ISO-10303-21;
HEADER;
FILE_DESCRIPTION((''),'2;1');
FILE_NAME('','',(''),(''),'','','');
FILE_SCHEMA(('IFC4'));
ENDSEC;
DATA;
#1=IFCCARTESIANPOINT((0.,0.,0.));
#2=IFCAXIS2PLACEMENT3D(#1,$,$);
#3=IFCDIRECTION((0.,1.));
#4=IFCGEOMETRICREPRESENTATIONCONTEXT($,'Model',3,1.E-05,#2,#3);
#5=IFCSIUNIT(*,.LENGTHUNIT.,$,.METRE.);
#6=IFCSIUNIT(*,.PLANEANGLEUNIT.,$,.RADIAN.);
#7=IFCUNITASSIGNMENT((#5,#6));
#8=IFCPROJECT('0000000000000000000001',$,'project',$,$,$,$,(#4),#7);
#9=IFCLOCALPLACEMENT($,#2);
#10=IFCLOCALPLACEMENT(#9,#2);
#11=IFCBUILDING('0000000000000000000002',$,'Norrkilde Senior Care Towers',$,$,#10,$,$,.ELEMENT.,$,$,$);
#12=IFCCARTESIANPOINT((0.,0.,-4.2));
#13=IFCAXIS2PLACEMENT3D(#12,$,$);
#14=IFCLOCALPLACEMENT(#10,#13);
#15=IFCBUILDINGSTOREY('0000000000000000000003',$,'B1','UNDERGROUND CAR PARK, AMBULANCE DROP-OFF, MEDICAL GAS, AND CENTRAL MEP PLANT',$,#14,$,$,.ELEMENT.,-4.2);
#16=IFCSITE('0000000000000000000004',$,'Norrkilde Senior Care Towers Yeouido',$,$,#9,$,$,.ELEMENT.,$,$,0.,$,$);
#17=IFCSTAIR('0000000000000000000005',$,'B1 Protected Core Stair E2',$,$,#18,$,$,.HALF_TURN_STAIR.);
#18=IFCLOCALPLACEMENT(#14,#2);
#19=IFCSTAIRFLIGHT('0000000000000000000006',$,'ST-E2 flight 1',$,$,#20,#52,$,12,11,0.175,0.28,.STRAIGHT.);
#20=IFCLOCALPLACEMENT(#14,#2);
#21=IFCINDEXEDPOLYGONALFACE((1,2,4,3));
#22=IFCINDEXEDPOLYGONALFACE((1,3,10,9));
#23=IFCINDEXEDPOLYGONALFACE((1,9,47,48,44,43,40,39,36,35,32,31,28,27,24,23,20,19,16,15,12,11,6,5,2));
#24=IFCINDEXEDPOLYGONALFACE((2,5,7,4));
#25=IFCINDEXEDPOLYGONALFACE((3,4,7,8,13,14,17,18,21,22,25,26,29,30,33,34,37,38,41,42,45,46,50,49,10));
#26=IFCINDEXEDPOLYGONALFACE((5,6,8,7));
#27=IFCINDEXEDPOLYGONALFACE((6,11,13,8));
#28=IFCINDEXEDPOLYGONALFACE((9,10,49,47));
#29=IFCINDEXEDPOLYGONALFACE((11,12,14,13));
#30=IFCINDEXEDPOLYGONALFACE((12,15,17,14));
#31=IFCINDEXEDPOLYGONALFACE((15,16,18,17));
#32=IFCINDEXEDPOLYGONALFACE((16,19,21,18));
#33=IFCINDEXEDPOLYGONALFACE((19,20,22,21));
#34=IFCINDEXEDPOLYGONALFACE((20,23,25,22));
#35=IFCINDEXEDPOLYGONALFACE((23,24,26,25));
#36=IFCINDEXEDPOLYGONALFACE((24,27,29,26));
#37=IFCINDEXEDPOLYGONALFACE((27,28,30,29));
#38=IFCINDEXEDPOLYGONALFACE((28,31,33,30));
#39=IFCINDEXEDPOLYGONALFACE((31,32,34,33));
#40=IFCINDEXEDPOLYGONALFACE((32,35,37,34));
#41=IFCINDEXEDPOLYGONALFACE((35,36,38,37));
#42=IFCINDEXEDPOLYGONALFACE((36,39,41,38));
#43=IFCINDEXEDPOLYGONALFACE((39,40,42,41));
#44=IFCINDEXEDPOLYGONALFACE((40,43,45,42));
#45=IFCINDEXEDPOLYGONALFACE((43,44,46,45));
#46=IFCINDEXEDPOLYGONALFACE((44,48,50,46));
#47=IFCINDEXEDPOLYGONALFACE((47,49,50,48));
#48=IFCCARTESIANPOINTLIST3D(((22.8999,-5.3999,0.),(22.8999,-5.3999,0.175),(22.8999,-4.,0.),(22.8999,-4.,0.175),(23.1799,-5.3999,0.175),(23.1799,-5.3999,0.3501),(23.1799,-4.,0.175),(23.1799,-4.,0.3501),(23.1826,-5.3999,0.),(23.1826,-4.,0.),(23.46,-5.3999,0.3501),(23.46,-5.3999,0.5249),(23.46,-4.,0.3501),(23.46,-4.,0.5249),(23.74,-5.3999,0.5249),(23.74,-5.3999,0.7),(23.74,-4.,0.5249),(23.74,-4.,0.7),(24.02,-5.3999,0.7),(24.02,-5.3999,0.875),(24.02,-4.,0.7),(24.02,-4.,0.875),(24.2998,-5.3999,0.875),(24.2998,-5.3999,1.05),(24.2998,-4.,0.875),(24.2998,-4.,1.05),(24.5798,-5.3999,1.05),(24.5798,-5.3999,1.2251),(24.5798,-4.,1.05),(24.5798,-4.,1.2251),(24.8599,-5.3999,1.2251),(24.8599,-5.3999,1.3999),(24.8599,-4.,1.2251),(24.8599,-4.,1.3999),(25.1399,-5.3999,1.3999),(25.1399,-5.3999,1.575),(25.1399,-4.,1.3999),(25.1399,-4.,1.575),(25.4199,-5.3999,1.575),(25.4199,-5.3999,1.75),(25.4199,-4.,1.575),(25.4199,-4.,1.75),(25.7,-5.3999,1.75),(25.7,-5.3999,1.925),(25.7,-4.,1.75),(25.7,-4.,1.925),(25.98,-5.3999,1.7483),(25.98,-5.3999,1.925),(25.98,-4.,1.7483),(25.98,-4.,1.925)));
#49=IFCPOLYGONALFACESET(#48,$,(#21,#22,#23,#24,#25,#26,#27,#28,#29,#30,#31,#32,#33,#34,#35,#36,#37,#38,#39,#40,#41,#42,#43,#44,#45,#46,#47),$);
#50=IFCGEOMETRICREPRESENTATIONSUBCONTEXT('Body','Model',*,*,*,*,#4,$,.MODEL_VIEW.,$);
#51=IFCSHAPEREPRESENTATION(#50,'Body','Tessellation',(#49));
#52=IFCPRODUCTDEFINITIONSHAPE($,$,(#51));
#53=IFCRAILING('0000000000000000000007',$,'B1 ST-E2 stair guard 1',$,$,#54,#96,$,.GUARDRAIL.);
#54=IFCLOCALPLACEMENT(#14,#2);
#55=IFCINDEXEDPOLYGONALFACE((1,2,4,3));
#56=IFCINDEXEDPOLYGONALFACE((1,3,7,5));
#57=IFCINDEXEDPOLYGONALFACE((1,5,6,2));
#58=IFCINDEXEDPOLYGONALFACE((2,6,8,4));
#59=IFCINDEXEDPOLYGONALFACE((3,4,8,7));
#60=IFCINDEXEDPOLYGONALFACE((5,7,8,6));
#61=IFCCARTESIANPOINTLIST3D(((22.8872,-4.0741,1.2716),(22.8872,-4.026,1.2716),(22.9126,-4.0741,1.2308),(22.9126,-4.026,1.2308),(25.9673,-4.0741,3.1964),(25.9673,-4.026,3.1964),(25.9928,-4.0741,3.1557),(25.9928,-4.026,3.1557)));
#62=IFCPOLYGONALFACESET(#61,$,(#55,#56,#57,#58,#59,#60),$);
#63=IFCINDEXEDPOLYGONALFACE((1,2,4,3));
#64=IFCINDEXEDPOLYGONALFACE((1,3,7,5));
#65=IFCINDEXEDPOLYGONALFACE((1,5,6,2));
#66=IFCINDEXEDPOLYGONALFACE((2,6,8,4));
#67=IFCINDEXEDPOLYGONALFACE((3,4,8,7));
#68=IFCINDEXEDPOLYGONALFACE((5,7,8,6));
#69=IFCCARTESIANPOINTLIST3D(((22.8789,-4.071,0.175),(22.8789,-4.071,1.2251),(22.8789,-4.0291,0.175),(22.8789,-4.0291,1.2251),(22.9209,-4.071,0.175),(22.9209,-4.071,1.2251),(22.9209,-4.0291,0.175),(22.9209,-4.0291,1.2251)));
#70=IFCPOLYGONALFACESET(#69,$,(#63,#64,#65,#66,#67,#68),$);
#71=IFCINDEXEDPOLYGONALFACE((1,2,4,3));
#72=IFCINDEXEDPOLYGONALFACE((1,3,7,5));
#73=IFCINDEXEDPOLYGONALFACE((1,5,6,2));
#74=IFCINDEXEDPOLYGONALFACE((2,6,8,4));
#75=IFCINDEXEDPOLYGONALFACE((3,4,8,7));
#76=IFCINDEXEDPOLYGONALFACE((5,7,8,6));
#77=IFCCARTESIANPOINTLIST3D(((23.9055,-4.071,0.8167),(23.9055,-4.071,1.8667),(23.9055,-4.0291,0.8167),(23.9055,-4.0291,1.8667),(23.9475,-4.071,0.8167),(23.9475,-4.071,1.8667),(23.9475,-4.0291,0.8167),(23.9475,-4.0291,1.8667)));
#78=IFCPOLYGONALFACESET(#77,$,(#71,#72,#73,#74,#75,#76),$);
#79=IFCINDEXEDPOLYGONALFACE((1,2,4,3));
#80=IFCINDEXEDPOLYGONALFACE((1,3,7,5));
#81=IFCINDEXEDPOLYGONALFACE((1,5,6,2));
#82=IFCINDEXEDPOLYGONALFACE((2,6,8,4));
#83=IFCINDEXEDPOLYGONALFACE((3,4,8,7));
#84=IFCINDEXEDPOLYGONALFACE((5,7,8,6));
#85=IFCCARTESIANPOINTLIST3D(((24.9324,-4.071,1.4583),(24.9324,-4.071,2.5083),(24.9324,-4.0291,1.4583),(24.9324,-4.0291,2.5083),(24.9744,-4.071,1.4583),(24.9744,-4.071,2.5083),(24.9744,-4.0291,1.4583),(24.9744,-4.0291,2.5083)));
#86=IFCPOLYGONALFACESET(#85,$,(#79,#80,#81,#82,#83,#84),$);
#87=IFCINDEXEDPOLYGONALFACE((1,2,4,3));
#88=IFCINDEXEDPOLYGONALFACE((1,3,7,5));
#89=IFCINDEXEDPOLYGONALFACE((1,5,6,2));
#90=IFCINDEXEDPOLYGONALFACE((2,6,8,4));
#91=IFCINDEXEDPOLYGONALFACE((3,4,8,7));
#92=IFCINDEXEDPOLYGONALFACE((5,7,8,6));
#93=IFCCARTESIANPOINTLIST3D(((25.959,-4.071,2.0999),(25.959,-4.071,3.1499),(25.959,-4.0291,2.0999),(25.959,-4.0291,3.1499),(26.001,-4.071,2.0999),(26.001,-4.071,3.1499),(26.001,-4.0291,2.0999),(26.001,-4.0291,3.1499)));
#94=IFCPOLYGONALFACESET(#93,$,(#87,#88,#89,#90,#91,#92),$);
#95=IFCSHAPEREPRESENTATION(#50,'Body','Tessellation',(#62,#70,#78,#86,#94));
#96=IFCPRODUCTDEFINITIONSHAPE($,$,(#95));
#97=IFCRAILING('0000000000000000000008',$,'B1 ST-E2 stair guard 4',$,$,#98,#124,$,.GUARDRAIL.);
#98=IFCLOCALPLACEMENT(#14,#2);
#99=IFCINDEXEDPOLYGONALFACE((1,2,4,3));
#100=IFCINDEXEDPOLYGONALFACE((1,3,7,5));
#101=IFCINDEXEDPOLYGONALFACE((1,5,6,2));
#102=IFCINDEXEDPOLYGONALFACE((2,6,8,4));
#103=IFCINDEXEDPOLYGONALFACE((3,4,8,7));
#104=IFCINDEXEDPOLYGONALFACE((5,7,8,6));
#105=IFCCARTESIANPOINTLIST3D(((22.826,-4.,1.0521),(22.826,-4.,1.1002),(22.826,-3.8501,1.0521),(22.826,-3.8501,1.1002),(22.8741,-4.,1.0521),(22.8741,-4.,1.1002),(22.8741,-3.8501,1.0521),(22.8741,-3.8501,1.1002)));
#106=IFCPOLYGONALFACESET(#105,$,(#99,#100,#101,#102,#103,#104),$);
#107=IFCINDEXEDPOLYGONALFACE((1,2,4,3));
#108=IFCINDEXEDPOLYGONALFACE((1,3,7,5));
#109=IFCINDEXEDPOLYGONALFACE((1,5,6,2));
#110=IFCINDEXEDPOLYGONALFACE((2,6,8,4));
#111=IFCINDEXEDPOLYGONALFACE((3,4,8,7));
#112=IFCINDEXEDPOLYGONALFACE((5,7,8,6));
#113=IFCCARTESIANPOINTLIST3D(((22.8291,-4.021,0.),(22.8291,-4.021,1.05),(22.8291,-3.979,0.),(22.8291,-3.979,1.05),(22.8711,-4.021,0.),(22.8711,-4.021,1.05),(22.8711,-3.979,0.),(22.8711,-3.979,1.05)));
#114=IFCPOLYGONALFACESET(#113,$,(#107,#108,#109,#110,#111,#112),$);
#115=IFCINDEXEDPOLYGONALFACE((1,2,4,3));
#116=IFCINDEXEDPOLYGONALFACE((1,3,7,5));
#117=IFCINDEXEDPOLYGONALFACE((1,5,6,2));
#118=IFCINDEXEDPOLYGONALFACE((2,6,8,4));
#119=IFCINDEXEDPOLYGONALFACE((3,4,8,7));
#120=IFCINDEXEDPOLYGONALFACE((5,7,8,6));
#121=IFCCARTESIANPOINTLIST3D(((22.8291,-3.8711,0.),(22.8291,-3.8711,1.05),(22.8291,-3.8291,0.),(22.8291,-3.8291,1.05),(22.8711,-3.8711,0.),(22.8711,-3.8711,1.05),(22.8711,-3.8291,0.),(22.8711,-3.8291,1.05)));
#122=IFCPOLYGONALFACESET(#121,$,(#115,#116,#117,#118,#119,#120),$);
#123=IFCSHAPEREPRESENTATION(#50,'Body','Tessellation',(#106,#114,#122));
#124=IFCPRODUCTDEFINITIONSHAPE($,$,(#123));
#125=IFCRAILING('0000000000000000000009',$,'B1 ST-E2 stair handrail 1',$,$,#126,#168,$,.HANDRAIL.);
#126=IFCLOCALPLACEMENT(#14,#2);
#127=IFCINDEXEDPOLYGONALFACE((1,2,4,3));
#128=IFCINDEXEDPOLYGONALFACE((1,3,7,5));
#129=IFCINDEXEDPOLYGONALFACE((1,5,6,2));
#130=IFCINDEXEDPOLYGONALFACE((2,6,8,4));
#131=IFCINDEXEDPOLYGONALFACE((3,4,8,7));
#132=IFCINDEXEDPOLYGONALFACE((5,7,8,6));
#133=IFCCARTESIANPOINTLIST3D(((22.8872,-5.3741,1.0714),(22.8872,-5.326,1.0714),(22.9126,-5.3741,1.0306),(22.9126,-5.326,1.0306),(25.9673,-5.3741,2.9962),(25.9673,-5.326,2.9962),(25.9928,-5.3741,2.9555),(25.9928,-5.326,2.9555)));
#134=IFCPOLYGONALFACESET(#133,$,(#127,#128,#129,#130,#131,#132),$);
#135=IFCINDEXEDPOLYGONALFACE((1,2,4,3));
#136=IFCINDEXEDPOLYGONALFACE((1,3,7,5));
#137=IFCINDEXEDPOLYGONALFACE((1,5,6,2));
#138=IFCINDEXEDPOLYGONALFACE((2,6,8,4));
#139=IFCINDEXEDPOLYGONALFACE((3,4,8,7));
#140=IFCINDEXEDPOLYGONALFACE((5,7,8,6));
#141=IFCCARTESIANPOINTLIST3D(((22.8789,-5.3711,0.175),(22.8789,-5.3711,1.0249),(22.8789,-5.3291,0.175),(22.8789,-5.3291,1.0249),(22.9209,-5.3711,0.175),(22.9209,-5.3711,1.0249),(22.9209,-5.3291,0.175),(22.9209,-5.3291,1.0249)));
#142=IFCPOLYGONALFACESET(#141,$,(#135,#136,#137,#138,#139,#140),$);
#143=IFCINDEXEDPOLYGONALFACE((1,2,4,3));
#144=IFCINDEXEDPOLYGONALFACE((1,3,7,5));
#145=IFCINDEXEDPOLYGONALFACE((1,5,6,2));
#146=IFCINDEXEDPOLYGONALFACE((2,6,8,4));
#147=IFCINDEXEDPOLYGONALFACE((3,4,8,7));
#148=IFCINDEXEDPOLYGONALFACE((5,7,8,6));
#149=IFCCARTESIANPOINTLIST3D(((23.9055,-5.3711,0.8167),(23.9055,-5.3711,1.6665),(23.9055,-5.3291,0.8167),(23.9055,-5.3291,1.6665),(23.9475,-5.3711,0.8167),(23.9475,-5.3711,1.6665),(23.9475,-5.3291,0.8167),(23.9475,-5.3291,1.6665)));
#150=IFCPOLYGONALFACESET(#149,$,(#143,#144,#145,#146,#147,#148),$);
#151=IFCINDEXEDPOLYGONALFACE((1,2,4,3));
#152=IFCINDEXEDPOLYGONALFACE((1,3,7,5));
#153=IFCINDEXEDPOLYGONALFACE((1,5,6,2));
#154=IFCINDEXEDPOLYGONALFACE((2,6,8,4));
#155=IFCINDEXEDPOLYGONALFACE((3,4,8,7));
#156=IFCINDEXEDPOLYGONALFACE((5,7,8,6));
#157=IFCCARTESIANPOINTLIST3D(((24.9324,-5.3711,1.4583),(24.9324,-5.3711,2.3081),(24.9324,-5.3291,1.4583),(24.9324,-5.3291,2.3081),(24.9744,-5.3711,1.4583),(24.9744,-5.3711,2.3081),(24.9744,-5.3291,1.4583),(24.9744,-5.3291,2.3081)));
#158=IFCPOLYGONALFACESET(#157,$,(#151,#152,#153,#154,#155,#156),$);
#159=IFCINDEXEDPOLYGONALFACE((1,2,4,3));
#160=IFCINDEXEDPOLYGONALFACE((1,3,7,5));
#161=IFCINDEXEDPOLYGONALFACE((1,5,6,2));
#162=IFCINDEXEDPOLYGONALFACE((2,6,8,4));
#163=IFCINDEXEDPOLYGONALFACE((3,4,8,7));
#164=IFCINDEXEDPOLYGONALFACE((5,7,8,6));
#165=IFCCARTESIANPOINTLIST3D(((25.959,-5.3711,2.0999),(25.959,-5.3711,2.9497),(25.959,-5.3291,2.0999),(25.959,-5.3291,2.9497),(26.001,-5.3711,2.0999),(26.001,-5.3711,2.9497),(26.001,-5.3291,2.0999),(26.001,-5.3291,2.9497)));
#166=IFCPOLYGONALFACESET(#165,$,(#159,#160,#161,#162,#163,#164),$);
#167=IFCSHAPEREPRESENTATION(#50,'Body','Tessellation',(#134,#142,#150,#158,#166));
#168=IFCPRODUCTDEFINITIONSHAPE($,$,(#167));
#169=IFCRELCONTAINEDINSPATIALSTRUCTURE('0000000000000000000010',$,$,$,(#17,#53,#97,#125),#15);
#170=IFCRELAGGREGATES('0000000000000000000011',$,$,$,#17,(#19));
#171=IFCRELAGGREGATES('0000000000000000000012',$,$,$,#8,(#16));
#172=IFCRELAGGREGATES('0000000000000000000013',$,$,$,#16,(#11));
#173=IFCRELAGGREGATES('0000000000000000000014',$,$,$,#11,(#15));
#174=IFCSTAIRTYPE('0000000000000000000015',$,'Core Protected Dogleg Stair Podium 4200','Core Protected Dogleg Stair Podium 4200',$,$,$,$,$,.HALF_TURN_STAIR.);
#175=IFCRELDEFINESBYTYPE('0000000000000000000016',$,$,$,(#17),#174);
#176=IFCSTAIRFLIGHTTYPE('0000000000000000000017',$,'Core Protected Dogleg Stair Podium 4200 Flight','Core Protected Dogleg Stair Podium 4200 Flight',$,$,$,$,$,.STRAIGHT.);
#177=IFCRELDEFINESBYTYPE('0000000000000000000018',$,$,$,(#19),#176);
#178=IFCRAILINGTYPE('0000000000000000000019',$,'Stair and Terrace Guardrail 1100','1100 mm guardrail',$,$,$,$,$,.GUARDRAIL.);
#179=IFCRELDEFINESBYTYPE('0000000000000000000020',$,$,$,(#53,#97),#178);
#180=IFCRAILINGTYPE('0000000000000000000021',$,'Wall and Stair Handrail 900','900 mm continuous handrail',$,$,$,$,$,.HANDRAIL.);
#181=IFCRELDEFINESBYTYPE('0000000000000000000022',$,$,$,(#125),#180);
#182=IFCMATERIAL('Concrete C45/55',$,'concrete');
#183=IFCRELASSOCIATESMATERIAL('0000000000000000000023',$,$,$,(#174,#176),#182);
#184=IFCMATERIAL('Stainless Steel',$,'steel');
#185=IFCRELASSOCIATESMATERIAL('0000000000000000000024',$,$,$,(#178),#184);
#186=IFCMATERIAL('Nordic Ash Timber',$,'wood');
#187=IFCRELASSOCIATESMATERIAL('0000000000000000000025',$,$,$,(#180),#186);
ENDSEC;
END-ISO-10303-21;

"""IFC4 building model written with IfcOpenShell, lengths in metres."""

from ifc_helpers import new_model, si_unit, direction, frame, origin, origin_2d, place, context, subcontext, project, spatial, polyline, rectangle, outline, extrude, material, type_object, element, aggregate, save


model = new_model("IFC4")

# Units and contexts
model_context = context("Model", 3, precision=1e-05, world=origin(), true_north=direction((0.0, 1.0)))
body_context = subcontext(model_context, "Body", "Model", "MODEL_VIEW")
ifc_project = project(units=[si_unit("LENGTHUNIT", "METRE"), si_unit("PLANEANGLEUNIT", "RADIAN")], contexts=[model_context])

# Site, building, storey
site_placement = place(None, origin())
site = spatial("IfcSite", under=ifc_project, at=site_placement, Name="Norrkilde Senior Care Towers Yeouido", CompositionType="ELEMENT", RefElevation=0.0)
building_placement = place(site_placement, origin())
building = spatial("IfcBuilding", under=site, at=building_placement, Name="Norrkilde Senior Care Towers", CompositionType="ELEMENT")
storey_placement = place(building_placement, frame((0.0, 0.0, -4.2)))
storey = spatial("IfcBuildingStorey", under=building, at=storey_placement, Name="B1", Description="UNDERGROUND CAR PARK, AMBULANCE DROP-OFF, MEDICAL GAS, AND CENTRAL MEP PLANT", CompositionType="ELEMENT", Elevation=-4.2)

# Stair
ifc_material_1 = material(Name="Concrete C45/55", Category="concrete")
stair_type = type_object("IfcStairType", Name="Core Protected Dogleg Stair Podium 4200", Description="Core Protected Dogleg Stair Podium 4200", PredefinedType="HALF_TURN_STAIR", material=ifc_material_1)
stair_1_placement = place(storey_placement, origin())
stair_1 = element("IfcStair", 1, at=stair_1_placement, inside=storey, type_object=stair_type, Name="B1 Protected Core Stair E2", PredefinedType="HALF_TURN_STAIR")

# Stair flight
stair_flight_type = type_object("IfcStairFlightType", Name="Core Protected Dogleg Stair Podium 4200 Flight", Description="Core Protected Dogleg Stair Podium 4200 Flight", PredefinedType="STRAIGHT", material=ifc_material_1)
stair_flight_placement = place(storey_placement, frame((22.8999, -4.7, 0.0), z_axis=(0.0, 0.0, 1.0), x_axis=(1.0, 0.0, 0.0)))
stair_flight = element("IfcStairFlight", 2, at=stair_flight_placement, type_object=stair_flight_type, Name="ST-E2 flight 1", NumberOfRisers=12, NumberOfTreads=11, PredefinedType="STRAIGHT", RiserHeight=0.175, TreadLength=0.28, context=body_context, shape_type="SweptSolid", body=[
    extrude(outline(polyline([(0.0, 0.0), (0.0, 0.175), (0.28, 0.175), (0.28, 0.3501), (0.5601, 0.3501), (0.5601, 0.5249), (0.8401, 0.5249), (0.8401, 0.7), (1.1201, 0.7), (1.1201, 0.875), (1.3999, 0.875), (1.3999, 1.05), (1.6799, 1.05), (1.6799, 1.2251), (1.96, 1.2251), (1.96, 1.3999), (2.24, 1.3999), (2.24, 1.575), (2.52, 1.575), (2.52, 1.75), (2.8, 1.75), (2.8, 1.925), (3.0801, 1.925), (3.0801, 2.1001), (3.0801, 1.7483), (0.2827, 0.0), (0.0, 0.0)])), frame((0.0, 0.7, 0.0), z_axis=(0.0, -1.0, 0.0), x_axis=(1.0, 0.0, 0.0)), (0.0, 0.0, 1.0), 1.3999),
])
aggregate(stair_1, [stair_flight])

# Railings
ifc_material_2 = material(Name="Stainless Steel", Category="steel")
railing_type_1 = type_object("IfcRailingType", Name="Stair and Terrace Guardrail 1100", Description="1100 mm guardrail", PredefinedType="GUARDRAIL", material=ifc_material_2)
railing_1_placement = place(storey_placement, frame((22.8999, -4.05, 0.175)))
element("IfcRailing", 3, at=railing_1_placement, inside=storey, type_object=railing_type_1, Name="B1 ST-E2 stair guard 1", PredefinedType="GUARDRAIL", context=body_context, shape_type="SweptSolid", body=[
    extrude(rectangle(XDim=0.0481, YDim=0.0481, at=origin_2d()), frame((0.0, 0.0, 1.0762), z_axis=(0.848029, 0.0, 0.529951), x_axis=(0.0, 1.0, 0.0)), (0.0, 0.0, 1.0), 3.6321),
    extrude(rectangle(XDim=0.042, YDim=0.042, at=origin_2d()), origin(), (0.0, 0.0, 1.0), 1.05),
    extrude(rectangle(XDim=0.042, YDim=0.042, at=origin_2d()), frame((1.0266, 0.0, 0.6416)), (0.0, 0.0, 1.0), 1.05),
    extrude(rectangle(XDim=0.042, YDim=0.042, at=origin_2d()), frame((2.0535, 0.0, 1.2832)), (0.0, 0.0, 1.0), 1.05),
    extrude(rectangle(XDim=0.042, YDim=0.042, at=origin_2d()), frame((3.0801, 0.0, 1.9248)), (0.0, 0.0, 1.0), 1.05),
])
railing_2_placement = place(storey_placement, frame((22.8501, -4.0, 0.0)))
element("IfcRailing", 4, at=railing_2_placement, inside=storey, type_object=railing_type_1, Name="B1 ST-E2 stair guard 4", PredefinedType="GUARDRAIL", context=body_context, shape_type="SweptSolid", body=[
    extrude(rectangle(XDim=0.0481, YDim=0.0481, at=origin_2d()), frame((0.0, 0.0, 1.0762), z_axis=(0.0, 1.0, 0.0), x_axis=(-1.0, 0.0, 0.0)), (0.0, 0.0, 1.0), 0.1499),
    extrude(rectangle(XDim=0.042, YDim=0.042, at=origin_2d()), origin(), (0.0, 0.0, 1.0), 1.05),
    extrude(rectangle(XDim=0.042, YDim=0.042, at=origin_2d()), frame((0.0, 0.1499, 0.0)), (0.0, 0.0, 1.0), 1.05),
])
ifc_material_3 = material(Name="Nordic Ash Timber", Category="wood")
railing_type_2 = type_object("IfcRailingType", Name="Wall and Stair Handrail 900", Description="900 mm continuous handrail", PredefinedType="HANDRAIL", material=ifc_material_3)
railing_3_placement = place(storey_placement, frame((22.8999, -5.3501, 0.175)))
element("IfcRailing", 5, at=railing_3_placement, inside=storey, type_object=railing_type_2, Name="B1 ST-E2 stair handrail 1", PredefinedType="HANDRAIL", context=body_context, shape_type="SweptSolid", body=[
    extrude(rectangle(XDim=0.0481, YDim=0.0481, at=origin_2d()), frame((0.0, 0.0, 0.876), z_axis=(0.848029, 0.0, 0.529951), x_axis=(0.0, 1.0, 0.0)), (0.0, 0.0, 1.0), 3.6321),
    extrude(rectangle(XDim=0.042, YDim=0.042, at=origin_2d()), origin(), (0.0, 0.0, 1.0), 0.8499),
    extrude(rectangle(XDim=0.042, YDim=0.042, at=origin_2d()), frame((1.0266, 0.0, 0.6416)), (0.0, 0.0, 1.0), 0.8499),
    extrude(rectangle(XDim=0.042, YDim=0.042, at=origin_2d()), frame((2.0535, 0.0, 1.2832)), (0.0, 0.0, 1.0), 0.8499),
    extrude(rectangle(XDim=0.042, YDim=0.042, at=origin_2d()), frame((3.0801, 0.0, 1.9248)), (0.0, 0.0, 1.0), 0.8499),
])

save(model, "model.ifc")
